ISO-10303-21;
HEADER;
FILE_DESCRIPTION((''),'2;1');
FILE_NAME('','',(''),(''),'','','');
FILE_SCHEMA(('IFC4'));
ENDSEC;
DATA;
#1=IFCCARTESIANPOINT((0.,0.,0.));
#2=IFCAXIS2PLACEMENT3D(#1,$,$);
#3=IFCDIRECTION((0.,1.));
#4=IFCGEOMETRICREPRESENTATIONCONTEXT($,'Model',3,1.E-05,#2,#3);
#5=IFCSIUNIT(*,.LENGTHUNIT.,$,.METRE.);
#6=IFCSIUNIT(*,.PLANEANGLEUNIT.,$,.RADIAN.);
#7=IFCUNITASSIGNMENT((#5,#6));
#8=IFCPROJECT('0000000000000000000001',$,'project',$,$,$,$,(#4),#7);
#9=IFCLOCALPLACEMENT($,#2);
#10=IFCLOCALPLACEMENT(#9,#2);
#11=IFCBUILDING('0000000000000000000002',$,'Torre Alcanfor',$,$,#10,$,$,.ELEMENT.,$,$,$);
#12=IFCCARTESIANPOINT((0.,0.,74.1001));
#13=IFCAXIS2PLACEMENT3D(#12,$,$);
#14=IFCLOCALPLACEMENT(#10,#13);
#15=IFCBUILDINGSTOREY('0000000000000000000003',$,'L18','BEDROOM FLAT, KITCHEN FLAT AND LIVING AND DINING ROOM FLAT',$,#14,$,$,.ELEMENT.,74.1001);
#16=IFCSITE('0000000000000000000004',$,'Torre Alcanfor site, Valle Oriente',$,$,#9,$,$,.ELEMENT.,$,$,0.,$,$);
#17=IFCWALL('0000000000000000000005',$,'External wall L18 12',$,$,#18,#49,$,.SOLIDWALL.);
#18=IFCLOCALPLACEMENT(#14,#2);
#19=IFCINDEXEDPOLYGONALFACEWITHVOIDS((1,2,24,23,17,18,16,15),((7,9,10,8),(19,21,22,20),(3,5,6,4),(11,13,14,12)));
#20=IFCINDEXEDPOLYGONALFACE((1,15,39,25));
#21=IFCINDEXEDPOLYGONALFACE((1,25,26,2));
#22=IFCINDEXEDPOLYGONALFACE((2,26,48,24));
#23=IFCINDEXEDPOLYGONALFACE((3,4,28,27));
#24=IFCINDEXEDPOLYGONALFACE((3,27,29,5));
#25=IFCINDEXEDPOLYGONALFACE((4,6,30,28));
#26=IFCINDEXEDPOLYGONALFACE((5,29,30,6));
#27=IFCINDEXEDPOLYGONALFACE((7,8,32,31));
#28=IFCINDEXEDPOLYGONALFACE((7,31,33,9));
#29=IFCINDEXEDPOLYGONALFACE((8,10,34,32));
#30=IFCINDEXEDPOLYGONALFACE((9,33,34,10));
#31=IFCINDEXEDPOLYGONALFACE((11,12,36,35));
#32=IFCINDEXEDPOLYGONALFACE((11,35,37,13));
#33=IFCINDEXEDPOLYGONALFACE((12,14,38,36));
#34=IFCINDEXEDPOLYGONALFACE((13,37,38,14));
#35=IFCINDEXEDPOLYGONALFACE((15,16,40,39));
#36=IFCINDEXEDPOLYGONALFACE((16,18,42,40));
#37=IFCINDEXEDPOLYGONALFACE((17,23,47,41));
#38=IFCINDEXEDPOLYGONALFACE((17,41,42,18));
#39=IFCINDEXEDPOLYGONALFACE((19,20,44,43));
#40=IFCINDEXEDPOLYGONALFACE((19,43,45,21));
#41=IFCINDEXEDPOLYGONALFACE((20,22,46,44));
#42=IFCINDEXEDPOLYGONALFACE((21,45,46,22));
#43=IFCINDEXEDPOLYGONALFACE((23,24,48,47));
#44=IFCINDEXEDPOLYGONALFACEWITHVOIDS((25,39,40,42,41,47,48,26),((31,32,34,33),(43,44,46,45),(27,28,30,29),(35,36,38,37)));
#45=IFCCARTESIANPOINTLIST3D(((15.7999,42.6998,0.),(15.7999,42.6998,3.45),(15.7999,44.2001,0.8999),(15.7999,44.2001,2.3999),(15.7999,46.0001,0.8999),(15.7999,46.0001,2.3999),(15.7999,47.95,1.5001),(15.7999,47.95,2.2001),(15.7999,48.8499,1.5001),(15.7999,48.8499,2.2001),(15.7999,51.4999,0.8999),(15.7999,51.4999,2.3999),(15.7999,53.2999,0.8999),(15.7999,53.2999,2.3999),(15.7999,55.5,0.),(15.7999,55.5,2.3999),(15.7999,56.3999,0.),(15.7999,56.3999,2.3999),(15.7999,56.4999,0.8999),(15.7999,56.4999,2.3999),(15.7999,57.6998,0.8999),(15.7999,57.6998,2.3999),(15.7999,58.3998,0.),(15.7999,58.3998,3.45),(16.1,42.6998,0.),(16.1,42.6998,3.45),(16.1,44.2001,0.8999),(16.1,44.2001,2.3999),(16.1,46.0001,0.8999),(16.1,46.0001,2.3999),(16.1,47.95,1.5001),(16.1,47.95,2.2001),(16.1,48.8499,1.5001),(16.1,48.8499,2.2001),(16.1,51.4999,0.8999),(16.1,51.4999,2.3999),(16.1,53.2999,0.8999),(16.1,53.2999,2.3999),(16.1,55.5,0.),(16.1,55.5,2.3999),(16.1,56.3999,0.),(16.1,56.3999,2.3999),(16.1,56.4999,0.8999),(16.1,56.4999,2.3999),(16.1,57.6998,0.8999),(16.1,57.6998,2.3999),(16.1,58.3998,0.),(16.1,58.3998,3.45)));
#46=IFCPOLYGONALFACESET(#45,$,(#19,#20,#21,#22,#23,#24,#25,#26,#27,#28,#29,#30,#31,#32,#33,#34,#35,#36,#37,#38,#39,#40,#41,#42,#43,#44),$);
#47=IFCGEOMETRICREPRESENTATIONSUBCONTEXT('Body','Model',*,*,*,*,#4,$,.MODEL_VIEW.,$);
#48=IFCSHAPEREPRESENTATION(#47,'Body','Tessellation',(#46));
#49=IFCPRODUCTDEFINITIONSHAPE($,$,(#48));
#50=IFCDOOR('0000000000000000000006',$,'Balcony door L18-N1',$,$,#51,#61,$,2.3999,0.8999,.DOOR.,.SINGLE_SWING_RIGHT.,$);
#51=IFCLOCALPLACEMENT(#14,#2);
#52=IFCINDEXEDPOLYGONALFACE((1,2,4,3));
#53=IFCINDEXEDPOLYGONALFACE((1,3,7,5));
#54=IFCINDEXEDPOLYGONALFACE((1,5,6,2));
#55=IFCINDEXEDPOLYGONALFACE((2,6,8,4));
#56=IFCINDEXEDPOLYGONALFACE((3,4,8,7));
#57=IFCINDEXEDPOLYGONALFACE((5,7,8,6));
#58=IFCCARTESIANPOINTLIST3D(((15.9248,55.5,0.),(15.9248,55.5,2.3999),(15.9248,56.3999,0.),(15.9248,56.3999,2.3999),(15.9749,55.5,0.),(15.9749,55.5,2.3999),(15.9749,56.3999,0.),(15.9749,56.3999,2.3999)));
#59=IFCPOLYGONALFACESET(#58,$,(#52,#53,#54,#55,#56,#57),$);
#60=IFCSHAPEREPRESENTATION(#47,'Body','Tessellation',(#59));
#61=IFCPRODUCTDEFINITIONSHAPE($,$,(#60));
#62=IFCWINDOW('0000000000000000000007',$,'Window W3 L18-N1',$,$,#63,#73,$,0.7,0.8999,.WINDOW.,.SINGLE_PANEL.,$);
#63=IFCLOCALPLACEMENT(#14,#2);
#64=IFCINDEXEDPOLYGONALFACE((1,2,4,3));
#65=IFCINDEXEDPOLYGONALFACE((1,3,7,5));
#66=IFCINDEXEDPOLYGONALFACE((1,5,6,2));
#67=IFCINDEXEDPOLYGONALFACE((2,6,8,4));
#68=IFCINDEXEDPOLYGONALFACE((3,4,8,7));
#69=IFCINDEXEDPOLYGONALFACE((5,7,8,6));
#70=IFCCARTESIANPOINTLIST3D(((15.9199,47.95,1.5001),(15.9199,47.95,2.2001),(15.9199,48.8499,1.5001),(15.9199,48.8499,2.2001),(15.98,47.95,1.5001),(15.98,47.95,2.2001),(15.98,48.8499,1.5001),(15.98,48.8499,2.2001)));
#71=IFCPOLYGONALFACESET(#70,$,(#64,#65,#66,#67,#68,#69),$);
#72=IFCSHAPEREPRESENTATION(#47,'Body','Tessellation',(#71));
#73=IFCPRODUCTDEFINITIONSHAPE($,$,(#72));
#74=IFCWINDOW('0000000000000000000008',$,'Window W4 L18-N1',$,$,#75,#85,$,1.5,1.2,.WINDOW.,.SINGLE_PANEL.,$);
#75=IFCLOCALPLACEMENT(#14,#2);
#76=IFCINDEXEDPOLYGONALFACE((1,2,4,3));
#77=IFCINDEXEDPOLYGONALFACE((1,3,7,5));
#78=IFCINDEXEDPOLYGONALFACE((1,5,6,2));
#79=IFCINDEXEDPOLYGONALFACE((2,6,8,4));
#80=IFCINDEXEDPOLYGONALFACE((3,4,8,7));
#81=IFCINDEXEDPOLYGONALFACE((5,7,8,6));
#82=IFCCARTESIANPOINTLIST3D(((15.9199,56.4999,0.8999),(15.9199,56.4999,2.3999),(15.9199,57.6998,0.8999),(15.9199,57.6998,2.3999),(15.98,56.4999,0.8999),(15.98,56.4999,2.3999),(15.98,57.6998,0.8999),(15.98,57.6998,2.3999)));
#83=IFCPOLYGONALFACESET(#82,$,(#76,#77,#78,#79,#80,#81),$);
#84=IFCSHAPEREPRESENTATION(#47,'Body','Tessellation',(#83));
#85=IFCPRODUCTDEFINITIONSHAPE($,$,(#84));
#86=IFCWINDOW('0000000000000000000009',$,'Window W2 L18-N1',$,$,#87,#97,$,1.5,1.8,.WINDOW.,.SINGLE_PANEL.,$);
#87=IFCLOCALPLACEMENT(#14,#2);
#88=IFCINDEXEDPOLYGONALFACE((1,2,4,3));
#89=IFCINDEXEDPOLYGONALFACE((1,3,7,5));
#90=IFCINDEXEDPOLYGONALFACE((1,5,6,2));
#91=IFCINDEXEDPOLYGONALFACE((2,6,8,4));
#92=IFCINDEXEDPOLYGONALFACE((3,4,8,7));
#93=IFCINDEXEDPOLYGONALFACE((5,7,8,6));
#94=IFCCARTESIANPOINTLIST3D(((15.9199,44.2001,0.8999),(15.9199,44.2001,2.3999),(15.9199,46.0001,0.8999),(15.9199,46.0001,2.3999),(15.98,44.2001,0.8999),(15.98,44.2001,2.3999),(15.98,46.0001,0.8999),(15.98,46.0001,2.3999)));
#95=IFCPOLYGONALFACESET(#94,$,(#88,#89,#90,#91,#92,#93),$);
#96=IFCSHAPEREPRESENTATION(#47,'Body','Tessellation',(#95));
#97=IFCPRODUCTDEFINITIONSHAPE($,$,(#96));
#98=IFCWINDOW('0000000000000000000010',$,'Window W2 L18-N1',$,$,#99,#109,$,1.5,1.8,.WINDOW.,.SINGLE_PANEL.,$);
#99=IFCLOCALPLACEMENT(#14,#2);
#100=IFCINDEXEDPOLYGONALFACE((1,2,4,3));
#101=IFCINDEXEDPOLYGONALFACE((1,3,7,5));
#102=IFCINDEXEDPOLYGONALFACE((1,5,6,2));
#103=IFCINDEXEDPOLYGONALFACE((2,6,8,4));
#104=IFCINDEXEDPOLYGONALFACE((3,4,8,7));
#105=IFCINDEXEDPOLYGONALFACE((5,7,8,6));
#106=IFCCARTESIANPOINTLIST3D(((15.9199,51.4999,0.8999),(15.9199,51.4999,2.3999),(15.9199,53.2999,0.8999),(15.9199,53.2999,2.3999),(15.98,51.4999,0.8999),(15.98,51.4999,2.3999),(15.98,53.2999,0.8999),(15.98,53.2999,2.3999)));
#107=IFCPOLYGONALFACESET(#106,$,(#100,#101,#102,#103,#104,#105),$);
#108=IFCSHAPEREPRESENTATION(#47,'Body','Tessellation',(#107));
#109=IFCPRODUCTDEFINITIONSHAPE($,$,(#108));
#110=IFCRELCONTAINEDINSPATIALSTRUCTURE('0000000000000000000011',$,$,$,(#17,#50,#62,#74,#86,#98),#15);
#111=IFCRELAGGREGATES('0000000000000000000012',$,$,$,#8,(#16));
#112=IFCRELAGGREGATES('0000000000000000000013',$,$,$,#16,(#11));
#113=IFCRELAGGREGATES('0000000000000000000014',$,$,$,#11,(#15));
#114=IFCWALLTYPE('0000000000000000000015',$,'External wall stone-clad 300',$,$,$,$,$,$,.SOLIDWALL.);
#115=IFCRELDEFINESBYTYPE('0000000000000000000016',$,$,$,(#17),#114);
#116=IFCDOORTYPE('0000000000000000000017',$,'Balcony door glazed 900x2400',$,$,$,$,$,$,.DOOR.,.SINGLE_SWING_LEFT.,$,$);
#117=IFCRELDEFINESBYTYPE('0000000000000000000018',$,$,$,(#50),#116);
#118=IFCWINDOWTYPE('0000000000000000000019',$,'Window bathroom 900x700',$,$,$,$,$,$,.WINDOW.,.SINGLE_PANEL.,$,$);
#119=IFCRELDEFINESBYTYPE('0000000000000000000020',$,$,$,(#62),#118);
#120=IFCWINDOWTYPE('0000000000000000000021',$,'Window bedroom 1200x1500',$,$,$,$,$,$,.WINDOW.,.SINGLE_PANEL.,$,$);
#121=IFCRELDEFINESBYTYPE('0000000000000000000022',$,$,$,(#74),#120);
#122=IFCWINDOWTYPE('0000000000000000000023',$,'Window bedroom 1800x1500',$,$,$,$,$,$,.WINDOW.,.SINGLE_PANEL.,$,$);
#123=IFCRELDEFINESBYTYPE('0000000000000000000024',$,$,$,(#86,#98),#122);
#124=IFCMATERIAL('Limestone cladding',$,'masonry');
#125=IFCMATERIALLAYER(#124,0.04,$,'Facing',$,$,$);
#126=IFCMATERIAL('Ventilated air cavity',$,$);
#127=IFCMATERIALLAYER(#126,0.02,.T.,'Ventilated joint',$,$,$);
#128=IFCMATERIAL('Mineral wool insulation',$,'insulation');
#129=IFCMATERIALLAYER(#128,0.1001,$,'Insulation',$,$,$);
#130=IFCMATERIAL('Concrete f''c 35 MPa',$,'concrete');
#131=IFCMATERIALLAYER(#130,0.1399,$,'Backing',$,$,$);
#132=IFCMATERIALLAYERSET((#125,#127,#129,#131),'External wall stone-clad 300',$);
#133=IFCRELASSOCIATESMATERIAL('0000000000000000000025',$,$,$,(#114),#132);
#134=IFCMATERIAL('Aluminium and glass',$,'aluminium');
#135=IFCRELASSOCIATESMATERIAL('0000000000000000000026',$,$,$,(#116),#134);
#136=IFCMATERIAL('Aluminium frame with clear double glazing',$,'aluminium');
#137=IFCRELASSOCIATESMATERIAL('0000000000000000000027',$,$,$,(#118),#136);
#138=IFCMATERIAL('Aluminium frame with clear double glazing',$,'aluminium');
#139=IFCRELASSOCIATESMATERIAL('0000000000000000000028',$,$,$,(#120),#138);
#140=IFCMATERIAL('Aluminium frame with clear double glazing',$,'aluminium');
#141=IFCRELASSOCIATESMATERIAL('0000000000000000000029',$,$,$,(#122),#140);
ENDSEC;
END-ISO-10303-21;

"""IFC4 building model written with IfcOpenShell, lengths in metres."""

from ifc_helpers import new_model, si_unit, direction, frame, frame_2d, origin, place, context, subcontext, project, spatial, rectangle, extrude, material, layer, layer_set, type_object, element, fill, save


model = new_model("IFC4")

# Units and contexts
model_context = context("Model", 3, precision=1e-05, world=origin(), true_north=direction((0.0, 1.0)))
body_context = subcontext(model_context, "Body", "Model", "MODEL_VIEW")
ifc_project = project(units=[si_unit("LENGTHUNIT", "METRE"), si_unit("PLANEANGLEUNIT", "RADIAN")], contexts=[model_context])

# Site, building, storey
site_placement = place(None, origin())
site = spatial("IfcSite", under=ifc_project, at=site_placement, Name="Torre Alcanfor site, Valle Oriente", CompositionType="ELEMENT", RefElevation=0.0)
building_placement = place(site_placement, origin())
building = spatial("IfcBuilding", under=site, at=building_placement, Name="Torre Alcanfor", CompositionType="ELEMENT")
storey_placement = place(building_placement, frame((0.0, 0.0, 74.1001)))
storey = spatial("IfcBuildingStorey", under=building, at=storey_placement, Name="L18", Description="BEDROOM FLAT, KITCHEN FLAT AND LIVING AND DINING ROOM FLAT", CompositionType="ELEMENT", Elevation=74.1001)

# Wall, openings, door, windows
ifc_material_1 = material(Name="Limestone cladding", Category="masonry")
ifc_layer_1 = layer(ifc_material_1, 0.04, Name="Facing")
ifc_material_2 = material(Name="Ventilated air cavity")
ifc_layer_2 = layer(ifc_material_2, 0.02, ventilated=True, Name="Ventilated joint")
ifc_material_3 = material(Name="Mineral wool insulation", Category="insulation")
ifc_layer_3 = layer(ifc_material_3, 0.1001, Name="Insulation")
ifc_material_4 = material(Name="Concrete f'c 35 MPa", Category="concrete")
ifc_layer_4 = layer(ifc_material_4, 0.1399, Name="Backing")
ifc_layer_set_1 = layer_set([ifc_layer_1, ifc_layer_2, ifc_layer_3, ifc_layer_4], Name="External wall stone-clad 300")
wall_type_1 = type_object("IfcWallType", Name="External wall stone-clad 300", PredefinedType="SOLIDWALL", material=ifc_layer_set_1)
ifc_material_5 = material(Name="Aluminium and glass", Category="aluminium")
door_type = type_object("IfcDoorType", Name="Balcony door glazed 900x2400", OperationType="SINGLE_SWING_LEFT", PredefinedType="DOOR", material=ifc_material_5)
ifc_material_6 = material(Name="Aluminium frame with clear double glazing", Category="aluminium")
window_type_1 = type_object("IfcWindowType", Name="Window bathroom 900x700", PartitioningType="SINGLE_PANEL", PredefinedType="WINDOW", material=ifc_material_6)
ifc_material_7 = material(Name="Aluminium frame with clear double glazing", Category="aluminium")
window_type_2 = type_object("IfcWindowType", Name="Window bedroom 1200x1500", PartitioningType="SINGLE_PANEL", PredefinedType="WINDOW", material=ifc_material_7)
ifc_material_8 = material(Name="Aluminium frame with clear double glazing", Category="aluminium")
window_type_3 = type_object("IfcWindowType", Name="Window bedroom 1800x1500", PartitioningType="SINGLE_PANEL", PredefinedType="WINDOW", material=ifc_material_8)
wall_1_placement = place(storey_placement, frame((15.95, 58.3999, 0.0), z_axis=(0.0, 0.0, 1.0), x_axis=(0.0, -1.0, 0.0)))
wall_1 = element("IfcWall", 1, at=wall_1_placement, inside=storey, type_object=wall_type_1, Name="External wall L18 12", PredefinedType="SOLIDWALL", context=body_context, shape_type="SweptSolid", body=[
    extrude(rectangle(XDim=15.7, YDim=0.3, at=frame_2d((7.8501, 0.0))), origin(), (0.0, 0.0, 1.0), 3.45),
])
opening_1_placement = place(wall_1_placement, frame((12.3999, 0.0, 0.8999)))
opening_1 = element("IfcOpeningElement", 2, at=opening_1_placement, cuts=wall_1, PredefinedType="OPENING", context=body_context, shape_type="SweptSolid", body=[
    extrude(rectangle(XDim=1.8, YDim=1.5, at=frame_2d((0.8999, 0.75))), frame((0.0, 0.1599, 0.0), z_axis=(0.0, -1.0, 0.0), x_axis=(1.0, 0.0, 0.0)), (0.0, 0.0, 1.0), 0.3201),
])
opening_2_placement = place(wall_1_placement, frame((9.55, 0.0, 1.5)))
opening_2 = element("IfcOpeningElement", 3, at=opening_2_placement, cuts=wall_1, PredefinedType="OPENING", context=body_context, shape_type="SweptSolid", body=[
    extrude(rectangle(XDim=0.8999, YDim=0.7, at=frame_2d((0.45, 0.3501))), frame((0.0, 0.1599, 0.0), z_axis=(0.0, -1.0, 0.0), x_axis=(1.0, 0.0, 0.0)), (0.0, 0.0, 1.0), 0.3201),
])
opening_3_placement = place(wall_1_placement, frame((5.1001, 0.0, 0.8999)))
opening_3 = element("IfcOpeningElement", 4, at=opening_3_placement, cuts=wall_1, PredefinedType="OPENING", context=body_context, shape_type="SweptSolid", body=[
    extrude(rectangle(XDim=1.8, YDim=1.5, at=frame_2d((0.8999, 0.75))), frame((0.0, 0.1599, 0.0), z_axis=(0.0, -1.0, 0.0), x_axis=(1.0, 0.0, 0.0)), (0.0, 0.0, 1.0), 0.3201),
])
opening_4_placement = place(wall_1_placement, frame((2.0, 0.0, 0.0)))
opening_4 = element("IfcOpeningElement", 5, at=opening_4_placement, cuts=wall_1, PredefinedType="OPENING", context=body_context, shape_type="SweptSolid", body=[
    extrude(rectangle(XDim=0.8999, YDim=2.3999, at=frame_2d((0.45, 1.2))), frame((0.0, 0.1599, 0.0), z_axis=(0.0, -1.0, 0.0), x_axis=(1.0, 0.0, 0.0)), (0.0, 0.0, 1.0), 0.3201),
])
opening_5_placement = place(wall_1_placement, frame((0.7, 0.0, 0.8999)))
opening_5 = element("IfcOpeningElement", 6, at=opening_5_placement, cuts=wall_1, PredefinedType="OPENING", context=body_context, shape_type="SweptSolid", body=[
    extrude(rectangle(XDim=1.2, YDim=1.5, at=frame_2d((0.6001, 0.75))), frame((0.0, 0.1599, 0.0), z_axis=(0.0, -1.0, 0.0), x_axis=(1.0, 0.0, 0.0)), (0.0, 0.0, 1.0), 0.3201),
])
door_1_placement = place(opening_4_placement, origin())
door_1 = element("IfcDoor", 7, at=door_1_placement, inside=storey, type_object=door_type, Name="Balcony door L18-N1", OperationType="SINGLE_SWING_RIGHT", OverallHeight=2.3999, OverallWidth=0.8999, PredefinedType="DOOR", context=body_context, shape_type="SweptSolid", body=[
    extrude(rectangle(XDim=0.8999, YDim=2.3999, at=frame_2d((0.45, 1.2))), frame((0.0, 0.0249, 0.0), z_axis=(0.0, -1.0, 0.0), x_axis=(1.0, 0.0, 0.0)), (0.0, 0.0, 1.0), 0.05),
])
fill(opening_4, door_1)
window_1_placement = place(opening_2_placement, origin())
window_1 = element("IfcWindow", 8, at=window_1_placement, inside=storey, type_object=window_type_1, Name="Window W3 L18-N1", OverallHeight=0.7, OverallWidth=0.8999, PartitioningType="SINGLE_PANEL", PredefinedType="WINDOW", context=body_context, shape_type="SweptSolid", body=[
    extrude(rectangle(XDim=0.8999, YDim=0.7, at=frame_2d((0.45, 0.3501))), frame((0.0, 0.03, 0.0), z_axis=(0.0, -1.0, 0.0), x_axis=(1.0, 0.0, 0.0)), (0.0, 0.0, 1.0), 0.0601),
])
fill(opening_2, window_1)
window_2_placement = place(opening_5_placement, origin())
window_2 = element("IfcWindow", 9, at=window_2_placement, inside=storey, type_object=window_type_2, Name="Window W4 L18-N1", OverallHeight=1.5, OverallWidth=1.2, PartitioningType="SINGLE_PANEL", PredefinedType="WINDOW", context=body_context, shape_type="SweptSolid", body=[
    extrude(rectangle(XDim=1.2, YDim=1.5, at=frame_2d((0.6001, 0.75))), frame((0.0, 0.03, 0.0), z_axis=(0.0, -1.0, 0.0), x_axis=(1.0, 0.0, 0.0)), (0.0, 0.0, 1.0), 0.0601),
])
fill(opening_5, window_2)
window_3_placement = place(opening_1_placement, origin())
window_3 = element("IfcWindow", 10, at=window_3_placement, inside=storey, type_object=window_type_3, Name="Window W2 L18-N1", OverallHeight=1.5, OverallWidth=1.8, PartitioningType="SINGLE_PANEL", PredefinedType="WINDOW", context=body_context, shape_type="SweptSolid", body=[
    extrude(rectangle(XDim=1.8, YDim=1.5, at=frame_2d((0.8999, 0.75))), frame((0.0, 0.03, 0.0), z_axis=(0.0, -1.0, 0.0), x_axis=(1.0, 0.0, 0.0)), (0.0, 0.0, 1.0), 0.0601),
])
fill(opening_1, window_3)
window_4_placement = place(opening_3_placement, origin())
window_4 = element("IfcWindow", 11, at=window_4_placement, inside=storey, type_object=window_type_3, Name="Window W2 L18-N1", OverallHeight=1.5, OverallWidth=1.8, PartitioningType="SINGLE_PANEL", PredefinedType="WINDOW", context=body_context, shape_type="SweptSolid", body=[
    extrude(rectangle(XDim=1.8, YDim=1.5, at=frame_2d((0.8999, 0.75))), frame((0.0, 0.03, 0.0), z_axis=(0.0, -1.0, 0.0), x_axis=(1.0, 0.0, 0.0)), (0.0, 0.0, 1.0), 0.0601),
])
fill(opening_3, window_4)

save(model, "model.ifc")
